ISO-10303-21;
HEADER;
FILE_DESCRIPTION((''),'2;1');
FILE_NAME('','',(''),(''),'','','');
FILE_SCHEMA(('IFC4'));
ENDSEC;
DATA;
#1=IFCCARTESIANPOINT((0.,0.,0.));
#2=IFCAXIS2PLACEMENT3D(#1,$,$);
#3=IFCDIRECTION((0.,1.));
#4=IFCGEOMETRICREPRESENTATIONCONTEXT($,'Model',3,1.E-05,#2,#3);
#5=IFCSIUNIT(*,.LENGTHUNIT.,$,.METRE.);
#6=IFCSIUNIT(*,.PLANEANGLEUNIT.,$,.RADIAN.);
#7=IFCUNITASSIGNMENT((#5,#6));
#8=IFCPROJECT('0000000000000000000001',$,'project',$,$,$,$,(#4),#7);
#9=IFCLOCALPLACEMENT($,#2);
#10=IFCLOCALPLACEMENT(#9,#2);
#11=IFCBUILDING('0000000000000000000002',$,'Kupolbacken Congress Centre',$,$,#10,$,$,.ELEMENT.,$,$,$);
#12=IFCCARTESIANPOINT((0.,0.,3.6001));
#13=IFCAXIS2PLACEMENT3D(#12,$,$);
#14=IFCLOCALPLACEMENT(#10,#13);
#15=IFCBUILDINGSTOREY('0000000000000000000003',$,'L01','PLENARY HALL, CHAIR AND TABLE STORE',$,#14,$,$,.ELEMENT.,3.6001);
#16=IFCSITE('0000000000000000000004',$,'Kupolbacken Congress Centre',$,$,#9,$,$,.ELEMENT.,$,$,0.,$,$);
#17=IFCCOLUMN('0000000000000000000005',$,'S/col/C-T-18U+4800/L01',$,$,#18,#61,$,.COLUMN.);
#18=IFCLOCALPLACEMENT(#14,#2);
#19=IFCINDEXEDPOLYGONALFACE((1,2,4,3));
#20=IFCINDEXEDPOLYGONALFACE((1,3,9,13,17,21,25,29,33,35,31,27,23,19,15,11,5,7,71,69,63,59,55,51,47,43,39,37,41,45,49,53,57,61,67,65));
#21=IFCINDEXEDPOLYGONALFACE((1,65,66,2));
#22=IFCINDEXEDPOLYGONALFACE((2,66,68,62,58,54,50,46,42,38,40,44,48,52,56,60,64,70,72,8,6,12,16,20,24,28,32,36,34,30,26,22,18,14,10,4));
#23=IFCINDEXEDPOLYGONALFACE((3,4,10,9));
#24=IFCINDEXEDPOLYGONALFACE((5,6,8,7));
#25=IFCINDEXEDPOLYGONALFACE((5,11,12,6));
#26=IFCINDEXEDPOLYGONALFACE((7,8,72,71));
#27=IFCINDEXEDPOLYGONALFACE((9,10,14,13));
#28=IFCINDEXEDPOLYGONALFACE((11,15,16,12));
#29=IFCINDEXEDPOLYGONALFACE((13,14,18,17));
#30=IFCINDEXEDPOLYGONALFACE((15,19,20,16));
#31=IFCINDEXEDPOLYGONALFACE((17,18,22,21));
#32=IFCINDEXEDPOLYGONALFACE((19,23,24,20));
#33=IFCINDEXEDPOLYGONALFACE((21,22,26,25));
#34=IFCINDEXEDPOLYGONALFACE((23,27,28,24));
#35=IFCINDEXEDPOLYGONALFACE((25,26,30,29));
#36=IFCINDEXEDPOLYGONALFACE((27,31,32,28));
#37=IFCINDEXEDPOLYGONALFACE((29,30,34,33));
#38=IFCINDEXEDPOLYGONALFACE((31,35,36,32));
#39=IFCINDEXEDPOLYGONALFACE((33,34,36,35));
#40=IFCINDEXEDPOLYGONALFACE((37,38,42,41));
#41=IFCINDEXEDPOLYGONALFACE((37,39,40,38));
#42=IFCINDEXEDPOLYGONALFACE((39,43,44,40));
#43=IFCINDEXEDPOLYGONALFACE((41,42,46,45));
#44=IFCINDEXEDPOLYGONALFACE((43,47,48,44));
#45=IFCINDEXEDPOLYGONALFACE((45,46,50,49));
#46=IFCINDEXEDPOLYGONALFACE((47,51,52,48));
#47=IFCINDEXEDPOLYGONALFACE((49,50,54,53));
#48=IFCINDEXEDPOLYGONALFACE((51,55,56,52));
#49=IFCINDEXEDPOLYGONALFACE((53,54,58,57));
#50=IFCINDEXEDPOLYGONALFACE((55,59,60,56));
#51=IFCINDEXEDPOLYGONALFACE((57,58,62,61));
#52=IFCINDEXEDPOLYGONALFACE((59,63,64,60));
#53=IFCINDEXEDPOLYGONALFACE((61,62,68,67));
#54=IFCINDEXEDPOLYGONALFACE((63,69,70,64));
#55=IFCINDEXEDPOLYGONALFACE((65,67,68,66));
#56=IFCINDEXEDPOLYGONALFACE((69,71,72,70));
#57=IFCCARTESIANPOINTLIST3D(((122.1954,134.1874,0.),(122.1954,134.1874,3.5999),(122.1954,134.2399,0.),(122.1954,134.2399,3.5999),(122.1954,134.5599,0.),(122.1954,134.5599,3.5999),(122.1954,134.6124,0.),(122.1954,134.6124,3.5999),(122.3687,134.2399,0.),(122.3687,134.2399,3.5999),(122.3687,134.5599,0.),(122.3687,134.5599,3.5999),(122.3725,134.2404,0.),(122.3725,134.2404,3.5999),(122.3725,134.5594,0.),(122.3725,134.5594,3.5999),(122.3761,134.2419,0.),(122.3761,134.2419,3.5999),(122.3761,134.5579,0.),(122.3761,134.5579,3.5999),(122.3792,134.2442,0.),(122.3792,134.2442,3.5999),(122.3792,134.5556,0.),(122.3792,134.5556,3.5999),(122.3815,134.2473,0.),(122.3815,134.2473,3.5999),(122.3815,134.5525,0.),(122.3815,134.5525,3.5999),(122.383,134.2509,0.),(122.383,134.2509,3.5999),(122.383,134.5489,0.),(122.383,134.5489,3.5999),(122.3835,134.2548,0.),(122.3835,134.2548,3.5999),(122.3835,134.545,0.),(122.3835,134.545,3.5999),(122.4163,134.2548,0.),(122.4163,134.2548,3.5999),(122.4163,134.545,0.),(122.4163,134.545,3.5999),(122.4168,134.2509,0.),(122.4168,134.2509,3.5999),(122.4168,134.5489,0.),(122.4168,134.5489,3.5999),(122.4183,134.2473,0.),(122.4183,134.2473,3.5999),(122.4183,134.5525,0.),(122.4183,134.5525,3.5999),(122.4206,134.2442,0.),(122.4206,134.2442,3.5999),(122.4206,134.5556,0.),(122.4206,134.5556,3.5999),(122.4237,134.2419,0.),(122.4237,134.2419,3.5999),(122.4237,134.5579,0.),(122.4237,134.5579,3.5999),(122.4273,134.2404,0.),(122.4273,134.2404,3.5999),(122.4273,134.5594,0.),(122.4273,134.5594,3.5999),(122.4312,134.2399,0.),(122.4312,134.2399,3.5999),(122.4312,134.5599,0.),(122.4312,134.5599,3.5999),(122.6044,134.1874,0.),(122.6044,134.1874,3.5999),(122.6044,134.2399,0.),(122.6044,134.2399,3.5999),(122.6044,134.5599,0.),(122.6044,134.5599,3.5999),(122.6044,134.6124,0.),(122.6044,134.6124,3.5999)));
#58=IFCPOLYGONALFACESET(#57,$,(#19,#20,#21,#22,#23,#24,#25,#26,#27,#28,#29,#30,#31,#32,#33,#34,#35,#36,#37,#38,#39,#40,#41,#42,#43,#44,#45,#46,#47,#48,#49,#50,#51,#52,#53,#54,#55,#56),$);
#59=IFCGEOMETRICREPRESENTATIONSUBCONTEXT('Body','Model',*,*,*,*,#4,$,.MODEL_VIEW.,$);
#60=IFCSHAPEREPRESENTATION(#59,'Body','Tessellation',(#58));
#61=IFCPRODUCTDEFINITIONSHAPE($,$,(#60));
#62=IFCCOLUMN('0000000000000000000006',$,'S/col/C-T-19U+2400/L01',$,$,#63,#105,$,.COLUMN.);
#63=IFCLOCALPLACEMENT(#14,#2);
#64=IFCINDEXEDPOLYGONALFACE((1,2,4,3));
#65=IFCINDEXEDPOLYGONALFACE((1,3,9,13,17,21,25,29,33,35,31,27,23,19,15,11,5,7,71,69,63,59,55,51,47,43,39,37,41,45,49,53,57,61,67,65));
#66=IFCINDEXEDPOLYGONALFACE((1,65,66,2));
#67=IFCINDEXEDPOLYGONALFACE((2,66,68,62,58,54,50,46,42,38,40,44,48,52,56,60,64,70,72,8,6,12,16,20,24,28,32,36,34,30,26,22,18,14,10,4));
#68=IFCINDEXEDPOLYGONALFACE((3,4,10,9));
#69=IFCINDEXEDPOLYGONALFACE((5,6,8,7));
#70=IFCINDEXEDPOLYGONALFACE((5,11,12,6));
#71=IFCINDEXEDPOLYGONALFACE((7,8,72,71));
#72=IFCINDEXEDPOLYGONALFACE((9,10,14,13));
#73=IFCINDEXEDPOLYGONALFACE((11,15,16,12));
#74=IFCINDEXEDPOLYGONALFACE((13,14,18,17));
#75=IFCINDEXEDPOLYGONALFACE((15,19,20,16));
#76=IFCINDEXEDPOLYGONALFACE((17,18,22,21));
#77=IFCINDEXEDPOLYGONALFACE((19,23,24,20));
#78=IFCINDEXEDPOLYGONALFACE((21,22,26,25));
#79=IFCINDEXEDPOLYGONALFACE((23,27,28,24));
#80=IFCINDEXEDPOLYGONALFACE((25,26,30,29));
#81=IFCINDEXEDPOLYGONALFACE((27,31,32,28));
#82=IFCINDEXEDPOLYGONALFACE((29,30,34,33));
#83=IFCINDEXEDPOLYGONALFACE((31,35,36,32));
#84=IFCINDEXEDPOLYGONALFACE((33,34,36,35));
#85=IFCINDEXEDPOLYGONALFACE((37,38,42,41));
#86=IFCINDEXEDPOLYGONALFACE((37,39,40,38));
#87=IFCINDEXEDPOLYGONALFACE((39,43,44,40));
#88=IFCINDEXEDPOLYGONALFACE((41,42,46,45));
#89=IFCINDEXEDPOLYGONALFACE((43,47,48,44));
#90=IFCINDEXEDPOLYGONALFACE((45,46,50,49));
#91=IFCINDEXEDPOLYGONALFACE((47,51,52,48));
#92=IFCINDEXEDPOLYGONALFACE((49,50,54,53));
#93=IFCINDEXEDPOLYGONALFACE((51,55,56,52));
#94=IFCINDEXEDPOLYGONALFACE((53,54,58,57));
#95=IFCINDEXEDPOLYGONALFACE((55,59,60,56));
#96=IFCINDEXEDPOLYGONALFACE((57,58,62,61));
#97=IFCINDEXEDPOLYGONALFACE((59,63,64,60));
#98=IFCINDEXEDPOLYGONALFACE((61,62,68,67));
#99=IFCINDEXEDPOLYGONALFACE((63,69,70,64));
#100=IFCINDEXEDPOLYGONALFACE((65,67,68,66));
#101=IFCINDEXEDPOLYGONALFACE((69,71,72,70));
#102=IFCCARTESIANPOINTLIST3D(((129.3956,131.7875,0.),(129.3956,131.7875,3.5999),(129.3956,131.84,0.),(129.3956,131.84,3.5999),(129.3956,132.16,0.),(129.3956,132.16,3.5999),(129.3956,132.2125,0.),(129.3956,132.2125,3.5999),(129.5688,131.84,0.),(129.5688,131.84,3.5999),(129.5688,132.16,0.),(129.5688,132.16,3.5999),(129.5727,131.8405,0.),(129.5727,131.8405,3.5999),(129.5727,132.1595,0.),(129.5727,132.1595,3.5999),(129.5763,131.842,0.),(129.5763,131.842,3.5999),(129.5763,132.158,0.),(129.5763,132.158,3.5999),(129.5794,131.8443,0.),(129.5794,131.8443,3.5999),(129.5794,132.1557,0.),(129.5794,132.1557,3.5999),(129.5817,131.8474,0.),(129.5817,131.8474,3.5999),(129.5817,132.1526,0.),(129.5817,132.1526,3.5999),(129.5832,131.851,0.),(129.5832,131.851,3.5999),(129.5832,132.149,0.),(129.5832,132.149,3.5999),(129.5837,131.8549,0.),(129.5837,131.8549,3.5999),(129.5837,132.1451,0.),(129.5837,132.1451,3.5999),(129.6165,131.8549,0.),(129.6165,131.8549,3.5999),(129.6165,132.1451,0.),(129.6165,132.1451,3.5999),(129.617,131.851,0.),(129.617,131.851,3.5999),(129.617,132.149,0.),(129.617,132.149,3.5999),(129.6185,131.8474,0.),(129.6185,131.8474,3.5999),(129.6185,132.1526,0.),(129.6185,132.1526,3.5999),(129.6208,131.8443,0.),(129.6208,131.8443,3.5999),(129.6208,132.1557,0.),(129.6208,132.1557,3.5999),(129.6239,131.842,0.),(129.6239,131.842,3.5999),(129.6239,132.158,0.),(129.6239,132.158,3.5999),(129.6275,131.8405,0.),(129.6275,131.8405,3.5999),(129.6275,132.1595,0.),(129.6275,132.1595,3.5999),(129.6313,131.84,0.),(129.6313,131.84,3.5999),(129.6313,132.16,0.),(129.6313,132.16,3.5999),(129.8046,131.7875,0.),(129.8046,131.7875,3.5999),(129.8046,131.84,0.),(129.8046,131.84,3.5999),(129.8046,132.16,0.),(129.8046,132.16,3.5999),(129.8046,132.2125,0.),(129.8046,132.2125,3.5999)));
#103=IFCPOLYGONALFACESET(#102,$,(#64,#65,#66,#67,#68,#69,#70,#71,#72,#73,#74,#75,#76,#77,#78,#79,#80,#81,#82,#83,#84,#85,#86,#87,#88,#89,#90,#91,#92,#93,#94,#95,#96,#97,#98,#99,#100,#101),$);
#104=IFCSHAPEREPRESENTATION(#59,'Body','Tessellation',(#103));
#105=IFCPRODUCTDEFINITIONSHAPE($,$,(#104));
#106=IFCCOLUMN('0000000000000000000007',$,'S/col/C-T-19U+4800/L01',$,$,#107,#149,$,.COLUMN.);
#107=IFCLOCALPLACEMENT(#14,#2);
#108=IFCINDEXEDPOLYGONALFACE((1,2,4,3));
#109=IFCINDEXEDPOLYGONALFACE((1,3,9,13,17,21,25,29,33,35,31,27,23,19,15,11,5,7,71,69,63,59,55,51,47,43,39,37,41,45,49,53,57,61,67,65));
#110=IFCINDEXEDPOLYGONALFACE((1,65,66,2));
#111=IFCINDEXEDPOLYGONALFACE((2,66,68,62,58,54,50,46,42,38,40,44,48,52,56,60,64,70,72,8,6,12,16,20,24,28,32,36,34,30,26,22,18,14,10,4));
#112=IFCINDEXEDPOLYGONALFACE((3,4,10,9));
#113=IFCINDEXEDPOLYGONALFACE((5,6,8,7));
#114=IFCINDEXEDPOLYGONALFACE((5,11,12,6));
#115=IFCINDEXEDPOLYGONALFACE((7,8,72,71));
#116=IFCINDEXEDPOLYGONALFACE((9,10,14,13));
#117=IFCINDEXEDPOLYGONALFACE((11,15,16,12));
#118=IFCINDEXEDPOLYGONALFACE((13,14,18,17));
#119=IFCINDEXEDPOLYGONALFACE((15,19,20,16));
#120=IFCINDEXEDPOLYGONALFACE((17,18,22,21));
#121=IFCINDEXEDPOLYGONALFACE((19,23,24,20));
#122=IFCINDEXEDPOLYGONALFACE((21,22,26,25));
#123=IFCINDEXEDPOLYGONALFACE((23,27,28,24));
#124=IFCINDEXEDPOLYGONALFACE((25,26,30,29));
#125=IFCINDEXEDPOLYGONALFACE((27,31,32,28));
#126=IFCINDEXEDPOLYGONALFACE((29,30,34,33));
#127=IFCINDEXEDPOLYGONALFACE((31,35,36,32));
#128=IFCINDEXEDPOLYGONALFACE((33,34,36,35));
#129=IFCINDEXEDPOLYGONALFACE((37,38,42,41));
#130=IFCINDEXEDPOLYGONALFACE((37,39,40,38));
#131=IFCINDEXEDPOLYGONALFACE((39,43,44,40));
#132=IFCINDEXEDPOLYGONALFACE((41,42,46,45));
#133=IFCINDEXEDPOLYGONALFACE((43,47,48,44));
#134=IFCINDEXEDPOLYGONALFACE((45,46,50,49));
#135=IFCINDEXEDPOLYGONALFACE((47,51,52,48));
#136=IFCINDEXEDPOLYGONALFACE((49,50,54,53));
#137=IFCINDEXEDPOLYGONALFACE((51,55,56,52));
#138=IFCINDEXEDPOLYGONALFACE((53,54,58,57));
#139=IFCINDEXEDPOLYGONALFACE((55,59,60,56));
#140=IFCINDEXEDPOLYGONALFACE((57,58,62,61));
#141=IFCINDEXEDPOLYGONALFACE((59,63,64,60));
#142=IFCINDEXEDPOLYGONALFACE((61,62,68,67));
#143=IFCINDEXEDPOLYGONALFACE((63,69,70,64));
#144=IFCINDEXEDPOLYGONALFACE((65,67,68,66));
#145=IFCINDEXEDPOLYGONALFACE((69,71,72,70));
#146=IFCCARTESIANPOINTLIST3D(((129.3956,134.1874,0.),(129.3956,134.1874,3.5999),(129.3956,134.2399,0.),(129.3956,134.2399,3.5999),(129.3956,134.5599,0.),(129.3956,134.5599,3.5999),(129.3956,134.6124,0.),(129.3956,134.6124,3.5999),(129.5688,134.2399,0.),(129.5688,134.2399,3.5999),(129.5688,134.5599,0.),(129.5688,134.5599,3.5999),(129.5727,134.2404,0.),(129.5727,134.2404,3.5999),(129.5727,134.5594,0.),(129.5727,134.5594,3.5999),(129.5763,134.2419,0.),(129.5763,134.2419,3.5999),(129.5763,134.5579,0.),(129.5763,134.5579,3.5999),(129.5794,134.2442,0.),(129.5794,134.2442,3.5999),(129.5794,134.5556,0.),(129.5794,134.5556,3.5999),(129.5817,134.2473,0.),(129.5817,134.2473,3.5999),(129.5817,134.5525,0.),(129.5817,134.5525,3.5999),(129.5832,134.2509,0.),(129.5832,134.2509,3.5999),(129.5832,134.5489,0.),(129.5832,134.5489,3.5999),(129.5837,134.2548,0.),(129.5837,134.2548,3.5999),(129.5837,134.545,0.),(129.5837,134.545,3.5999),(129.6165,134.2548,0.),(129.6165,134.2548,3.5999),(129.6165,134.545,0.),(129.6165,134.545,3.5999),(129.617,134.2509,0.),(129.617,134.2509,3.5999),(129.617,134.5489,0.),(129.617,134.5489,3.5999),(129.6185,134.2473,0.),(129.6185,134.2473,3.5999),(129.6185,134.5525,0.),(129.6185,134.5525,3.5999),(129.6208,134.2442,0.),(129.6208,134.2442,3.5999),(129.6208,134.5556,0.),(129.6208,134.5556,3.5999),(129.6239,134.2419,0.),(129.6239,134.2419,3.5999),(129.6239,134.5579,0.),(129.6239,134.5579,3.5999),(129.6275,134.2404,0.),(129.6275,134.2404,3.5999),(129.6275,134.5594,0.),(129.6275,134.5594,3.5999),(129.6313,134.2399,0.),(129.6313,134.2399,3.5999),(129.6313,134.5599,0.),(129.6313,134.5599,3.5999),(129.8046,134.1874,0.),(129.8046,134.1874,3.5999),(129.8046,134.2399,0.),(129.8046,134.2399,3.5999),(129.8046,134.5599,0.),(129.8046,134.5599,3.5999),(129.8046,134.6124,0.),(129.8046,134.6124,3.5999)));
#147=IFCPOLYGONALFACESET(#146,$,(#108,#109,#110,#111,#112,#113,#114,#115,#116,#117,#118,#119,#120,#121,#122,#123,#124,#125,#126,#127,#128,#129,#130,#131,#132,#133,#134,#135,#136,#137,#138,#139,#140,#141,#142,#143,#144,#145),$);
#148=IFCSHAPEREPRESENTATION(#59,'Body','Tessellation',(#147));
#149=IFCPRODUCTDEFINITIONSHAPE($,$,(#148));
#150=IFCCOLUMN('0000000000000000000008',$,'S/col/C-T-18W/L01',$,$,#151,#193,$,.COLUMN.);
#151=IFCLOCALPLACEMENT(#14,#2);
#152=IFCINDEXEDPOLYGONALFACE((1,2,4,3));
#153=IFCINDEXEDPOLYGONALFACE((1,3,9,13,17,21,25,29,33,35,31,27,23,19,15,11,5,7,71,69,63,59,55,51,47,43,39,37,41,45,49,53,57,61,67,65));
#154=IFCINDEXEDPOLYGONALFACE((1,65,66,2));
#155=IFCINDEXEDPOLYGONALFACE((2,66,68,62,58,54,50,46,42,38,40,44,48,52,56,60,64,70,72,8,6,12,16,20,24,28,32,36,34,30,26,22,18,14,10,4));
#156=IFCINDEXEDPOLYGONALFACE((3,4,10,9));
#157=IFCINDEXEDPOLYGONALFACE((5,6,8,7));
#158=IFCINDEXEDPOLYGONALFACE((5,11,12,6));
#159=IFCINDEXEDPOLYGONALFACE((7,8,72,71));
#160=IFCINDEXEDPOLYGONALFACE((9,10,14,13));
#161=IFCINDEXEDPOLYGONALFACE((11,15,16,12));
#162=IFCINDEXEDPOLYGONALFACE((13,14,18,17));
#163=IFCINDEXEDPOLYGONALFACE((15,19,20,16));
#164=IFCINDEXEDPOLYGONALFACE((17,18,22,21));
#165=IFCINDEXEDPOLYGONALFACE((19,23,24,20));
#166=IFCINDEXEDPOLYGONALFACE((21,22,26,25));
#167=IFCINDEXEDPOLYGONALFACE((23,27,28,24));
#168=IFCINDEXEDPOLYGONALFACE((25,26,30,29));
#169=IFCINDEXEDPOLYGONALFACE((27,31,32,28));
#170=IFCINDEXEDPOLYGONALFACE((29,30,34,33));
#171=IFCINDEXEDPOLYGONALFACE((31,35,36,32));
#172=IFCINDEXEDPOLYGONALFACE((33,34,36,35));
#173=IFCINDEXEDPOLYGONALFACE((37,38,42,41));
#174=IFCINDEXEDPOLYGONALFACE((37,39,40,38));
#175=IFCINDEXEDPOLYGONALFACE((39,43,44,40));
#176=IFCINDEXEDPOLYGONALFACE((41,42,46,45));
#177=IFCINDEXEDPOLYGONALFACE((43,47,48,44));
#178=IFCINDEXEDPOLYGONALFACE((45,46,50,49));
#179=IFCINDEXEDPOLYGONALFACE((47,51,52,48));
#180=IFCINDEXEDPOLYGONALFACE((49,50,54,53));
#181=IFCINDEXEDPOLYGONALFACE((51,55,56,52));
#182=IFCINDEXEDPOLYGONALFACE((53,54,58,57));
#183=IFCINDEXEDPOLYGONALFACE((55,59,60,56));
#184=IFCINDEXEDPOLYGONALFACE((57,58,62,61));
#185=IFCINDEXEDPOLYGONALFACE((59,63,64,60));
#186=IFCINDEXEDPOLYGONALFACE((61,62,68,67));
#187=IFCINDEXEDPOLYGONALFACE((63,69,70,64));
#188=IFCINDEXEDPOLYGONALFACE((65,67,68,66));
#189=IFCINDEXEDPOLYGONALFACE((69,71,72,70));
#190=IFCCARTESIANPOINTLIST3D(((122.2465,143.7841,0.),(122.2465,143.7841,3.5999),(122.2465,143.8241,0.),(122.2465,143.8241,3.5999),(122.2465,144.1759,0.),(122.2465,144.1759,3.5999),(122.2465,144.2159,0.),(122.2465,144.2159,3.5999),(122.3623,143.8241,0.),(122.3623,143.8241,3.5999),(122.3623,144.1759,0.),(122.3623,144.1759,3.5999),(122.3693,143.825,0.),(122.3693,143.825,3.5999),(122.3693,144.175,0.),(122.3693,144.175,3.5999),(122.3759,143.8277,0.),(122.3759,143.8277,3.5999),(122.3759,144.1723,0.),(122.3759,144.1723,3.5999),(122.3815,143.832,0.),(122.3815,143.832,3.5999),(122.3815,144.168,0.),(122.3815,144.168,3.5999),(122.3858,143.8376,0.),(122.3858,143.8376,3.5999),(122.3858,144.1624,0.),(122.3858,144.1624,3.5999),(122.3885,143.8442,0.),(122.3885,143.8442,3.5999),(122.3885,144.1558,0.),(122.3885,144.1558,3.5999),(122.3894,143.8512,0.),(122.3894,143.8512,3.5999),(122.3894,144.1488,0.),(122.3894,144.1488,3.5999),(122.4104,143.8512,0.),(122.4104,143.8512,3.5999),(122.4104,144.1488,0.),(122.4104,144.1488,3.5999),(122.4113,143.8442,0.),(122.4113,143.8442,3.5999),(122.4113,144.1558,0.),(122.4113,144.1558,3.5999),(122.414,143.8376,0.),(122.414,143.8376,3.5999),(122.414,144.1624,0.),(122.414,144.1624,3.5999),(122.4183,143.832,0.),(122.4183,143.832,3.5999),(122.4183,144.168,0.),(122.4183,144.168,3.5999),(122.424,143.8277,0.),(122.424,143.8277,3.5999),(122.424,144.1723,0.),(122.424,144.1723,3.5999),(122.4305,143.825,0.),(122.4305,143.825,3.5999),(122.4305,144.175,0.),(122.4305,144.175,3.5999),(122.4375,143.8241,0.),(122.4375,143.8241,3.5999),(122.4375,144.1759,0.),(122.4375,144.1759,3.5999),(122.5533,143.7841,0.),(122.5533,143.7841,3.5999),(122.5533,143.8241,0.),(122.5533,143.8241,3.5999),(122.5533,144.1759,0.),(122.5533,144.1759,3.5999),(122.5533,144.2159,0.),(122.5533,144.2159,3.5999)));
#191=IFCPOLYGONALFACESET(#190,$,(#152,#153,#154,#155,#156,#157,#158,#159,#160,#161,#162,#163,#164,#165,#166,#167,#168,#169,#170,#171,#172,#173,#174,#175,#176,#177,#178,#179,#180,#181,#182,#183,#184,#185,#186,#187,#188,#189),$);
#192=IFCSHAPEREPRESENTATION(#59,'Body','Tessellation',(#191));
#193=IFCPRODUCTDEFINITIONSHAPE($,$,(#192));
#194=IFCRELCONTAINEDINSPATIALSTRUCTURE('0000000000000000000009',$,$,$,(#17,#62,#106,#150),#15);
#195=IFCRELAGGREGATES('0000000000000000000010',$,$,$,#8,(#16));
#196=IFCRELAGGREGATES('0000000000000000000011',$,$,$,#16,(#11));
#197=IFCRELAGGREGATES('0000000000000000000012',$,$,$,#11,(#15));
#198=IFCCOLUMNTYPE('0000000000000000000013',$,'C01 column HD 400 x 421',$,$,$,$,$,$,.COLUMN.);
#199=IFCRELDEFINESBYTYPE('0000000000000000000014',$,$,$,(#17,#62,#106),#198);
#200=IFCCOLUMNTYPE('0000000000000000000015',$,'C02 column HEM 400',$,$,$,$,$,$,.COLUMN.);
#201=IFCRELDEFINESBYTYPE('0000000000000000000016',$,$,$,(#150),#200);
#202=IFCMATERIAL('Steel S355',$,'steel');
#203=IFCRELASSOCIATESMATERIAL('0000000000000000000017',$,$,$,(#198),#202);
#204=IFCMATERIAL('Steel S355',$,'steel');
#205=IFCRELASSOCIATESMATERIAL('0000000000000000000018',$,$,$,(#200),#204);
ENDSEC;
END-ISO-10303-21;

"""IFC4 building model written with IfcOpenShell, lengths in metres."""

from ifc_helpers import new_model, si_unit, direction, frame, origin, origin_2d, place, context, subcontext, project, spatial, i_section, extrude, material, material_profile, profile_set, type_object, element, save


model = new_model("IFC4")

# Units and contexts
model_context = context("Model", 3, precision=1e-05, world=origin(), true_north=direction((0.0, 1.0)))
body_context = subcontext(model_context, "Body", "Model", "MODEL_VIEW")
ifc_project = project(units=[si_unit("LENGTHUNIT", "METRE"), si_unit("PLANEANGLEUNIT", "RADIAN")], contexts=[model_context])

# Site, building, storey
site_placement = place(None, origin())
site = spatial("IfcSite", under=ifc_project, at=site_placement, Name="Kupolbacken Congress Centre", CompositionType="ELEMENT", RefElevation=0.0)
building_placement = place(site_placement, origin())
building = spatial("IfcBuilding", under=site, at=building_placement, Name="Kupolbacken Congress Centre", CompositionType="ELEMENT")
storey_placement = place(building_placement, frame((0.0, 0.0, 3.6001)))
storey = spatial("IfcBuildingStorey", under=building, at=storey_placement, Name="L01", Description="PLENARY HALL, CHAIR AND TABLE STORE", CompositionType="ELEMENT", Elevation=3.6001)

# Columns
ifc_material_1 = material(Name="Steel S355", Category="steel")
ifc_material_profile_1 = material_profile(ifc_material_1, i_section(OverallWidth=0.4089, OverallDepth=0.425, WebThickness=0.0327, FlangeThickness=0.0525, FilletRadius=0.0149, at=origin_2d()), Name="HD 400 x 421")
ifc_profile_set_1 = profile_set([ifc_material_profile_1], Name="Steel S355")
column_type_1 = type_object("IfcColumnType", Name="C01 column HD 400 x 421", PredefinedType="COLUMN", material=ifc_profile_set_1)
for number, where, z_axis, x_axis, name in (
    (1, (122.3999, 134.3999, 0.0), (0.0, 0.0, 1.0), (1.0, 0.0, 0.0), "S/col/C-T-18U+4800/L01"),
    (2, (129.6001, 132.0, 0.0), (0.0, 0.0, 1.0), (1.0, 0.0, 0.0), "S/col/C-T-19U+2400/L01"),
    (3, (129.6001, 134.3999, 0.0), (0.0, 0.0, 1.0), (1.0, 0.0, 0.0), "S/col/C-T-19U+4800/L01"),
):
    element("IfcColumn", number, at=place(storey_placement, frame(where, z_axis=z_axis, x_axis=x_axis)), inside=storey, type_object=column_type_1, Name=name, PredefinedType="COLUMN", context=body_context, shape_type="SweptSolid", body=[
        extrude(i_section(OverallWidth=0.4089, OverallDepth=0.425, WebThickness=0.0327, FlangeThickness=0.0525, FilletRadius=0.0149, at=origin_2d()), origin(), (0.0, 0.0, 1.0), 3.5999),
    ])
ifc_material_2 = material(Name="Steel S355", Category="steel")
ifc_material_profile_2 = material_profile(ifc_material_2, i_section(OverallWidth=0.3069, OverallDepth=0.4319, WebThickness=0.021, FlangeThickness=0.04, FilletRadius=0.0271, at=origin_2d()), Name="HEM 400")
ifc_profile_set_2 = profile_set([ifc_material_profile_2], Name="Steel S355")
column_type_2 = type_object("IfcColumnType", Name="C02 column HEM 400", PredefinedType="COLUMN", material=ifc_profile_set_2)
for number, where, z_axis, x_axis, name in (
    (4, (122.3999, 144.0, 0.0), (0.0, 0.0, 1.0), (1.0, 0.0, 0.0), "S/col/C-T-18W/L01"),
):
    element("IfcColumn", number, at=place(storey_placement, frame(where, z_axis=z_axis, x_axis=x_axis)), inside=storey, type_object=column_type_2, Name=name, PredefinedType="COLUMN", context=body_context, shape_type="SweptSolid", body=[
        extrude(i_section(OverallWidth=0.3069, OverallDepth=0.4319, WebThickness=0.021, FlangeThickness=0.04, FilletRadius=0.0271, at=origin_2d()), origin(), (0.0, 0.0, 1.0), 3.5999),
    ])

save(model, "model.ifc")
